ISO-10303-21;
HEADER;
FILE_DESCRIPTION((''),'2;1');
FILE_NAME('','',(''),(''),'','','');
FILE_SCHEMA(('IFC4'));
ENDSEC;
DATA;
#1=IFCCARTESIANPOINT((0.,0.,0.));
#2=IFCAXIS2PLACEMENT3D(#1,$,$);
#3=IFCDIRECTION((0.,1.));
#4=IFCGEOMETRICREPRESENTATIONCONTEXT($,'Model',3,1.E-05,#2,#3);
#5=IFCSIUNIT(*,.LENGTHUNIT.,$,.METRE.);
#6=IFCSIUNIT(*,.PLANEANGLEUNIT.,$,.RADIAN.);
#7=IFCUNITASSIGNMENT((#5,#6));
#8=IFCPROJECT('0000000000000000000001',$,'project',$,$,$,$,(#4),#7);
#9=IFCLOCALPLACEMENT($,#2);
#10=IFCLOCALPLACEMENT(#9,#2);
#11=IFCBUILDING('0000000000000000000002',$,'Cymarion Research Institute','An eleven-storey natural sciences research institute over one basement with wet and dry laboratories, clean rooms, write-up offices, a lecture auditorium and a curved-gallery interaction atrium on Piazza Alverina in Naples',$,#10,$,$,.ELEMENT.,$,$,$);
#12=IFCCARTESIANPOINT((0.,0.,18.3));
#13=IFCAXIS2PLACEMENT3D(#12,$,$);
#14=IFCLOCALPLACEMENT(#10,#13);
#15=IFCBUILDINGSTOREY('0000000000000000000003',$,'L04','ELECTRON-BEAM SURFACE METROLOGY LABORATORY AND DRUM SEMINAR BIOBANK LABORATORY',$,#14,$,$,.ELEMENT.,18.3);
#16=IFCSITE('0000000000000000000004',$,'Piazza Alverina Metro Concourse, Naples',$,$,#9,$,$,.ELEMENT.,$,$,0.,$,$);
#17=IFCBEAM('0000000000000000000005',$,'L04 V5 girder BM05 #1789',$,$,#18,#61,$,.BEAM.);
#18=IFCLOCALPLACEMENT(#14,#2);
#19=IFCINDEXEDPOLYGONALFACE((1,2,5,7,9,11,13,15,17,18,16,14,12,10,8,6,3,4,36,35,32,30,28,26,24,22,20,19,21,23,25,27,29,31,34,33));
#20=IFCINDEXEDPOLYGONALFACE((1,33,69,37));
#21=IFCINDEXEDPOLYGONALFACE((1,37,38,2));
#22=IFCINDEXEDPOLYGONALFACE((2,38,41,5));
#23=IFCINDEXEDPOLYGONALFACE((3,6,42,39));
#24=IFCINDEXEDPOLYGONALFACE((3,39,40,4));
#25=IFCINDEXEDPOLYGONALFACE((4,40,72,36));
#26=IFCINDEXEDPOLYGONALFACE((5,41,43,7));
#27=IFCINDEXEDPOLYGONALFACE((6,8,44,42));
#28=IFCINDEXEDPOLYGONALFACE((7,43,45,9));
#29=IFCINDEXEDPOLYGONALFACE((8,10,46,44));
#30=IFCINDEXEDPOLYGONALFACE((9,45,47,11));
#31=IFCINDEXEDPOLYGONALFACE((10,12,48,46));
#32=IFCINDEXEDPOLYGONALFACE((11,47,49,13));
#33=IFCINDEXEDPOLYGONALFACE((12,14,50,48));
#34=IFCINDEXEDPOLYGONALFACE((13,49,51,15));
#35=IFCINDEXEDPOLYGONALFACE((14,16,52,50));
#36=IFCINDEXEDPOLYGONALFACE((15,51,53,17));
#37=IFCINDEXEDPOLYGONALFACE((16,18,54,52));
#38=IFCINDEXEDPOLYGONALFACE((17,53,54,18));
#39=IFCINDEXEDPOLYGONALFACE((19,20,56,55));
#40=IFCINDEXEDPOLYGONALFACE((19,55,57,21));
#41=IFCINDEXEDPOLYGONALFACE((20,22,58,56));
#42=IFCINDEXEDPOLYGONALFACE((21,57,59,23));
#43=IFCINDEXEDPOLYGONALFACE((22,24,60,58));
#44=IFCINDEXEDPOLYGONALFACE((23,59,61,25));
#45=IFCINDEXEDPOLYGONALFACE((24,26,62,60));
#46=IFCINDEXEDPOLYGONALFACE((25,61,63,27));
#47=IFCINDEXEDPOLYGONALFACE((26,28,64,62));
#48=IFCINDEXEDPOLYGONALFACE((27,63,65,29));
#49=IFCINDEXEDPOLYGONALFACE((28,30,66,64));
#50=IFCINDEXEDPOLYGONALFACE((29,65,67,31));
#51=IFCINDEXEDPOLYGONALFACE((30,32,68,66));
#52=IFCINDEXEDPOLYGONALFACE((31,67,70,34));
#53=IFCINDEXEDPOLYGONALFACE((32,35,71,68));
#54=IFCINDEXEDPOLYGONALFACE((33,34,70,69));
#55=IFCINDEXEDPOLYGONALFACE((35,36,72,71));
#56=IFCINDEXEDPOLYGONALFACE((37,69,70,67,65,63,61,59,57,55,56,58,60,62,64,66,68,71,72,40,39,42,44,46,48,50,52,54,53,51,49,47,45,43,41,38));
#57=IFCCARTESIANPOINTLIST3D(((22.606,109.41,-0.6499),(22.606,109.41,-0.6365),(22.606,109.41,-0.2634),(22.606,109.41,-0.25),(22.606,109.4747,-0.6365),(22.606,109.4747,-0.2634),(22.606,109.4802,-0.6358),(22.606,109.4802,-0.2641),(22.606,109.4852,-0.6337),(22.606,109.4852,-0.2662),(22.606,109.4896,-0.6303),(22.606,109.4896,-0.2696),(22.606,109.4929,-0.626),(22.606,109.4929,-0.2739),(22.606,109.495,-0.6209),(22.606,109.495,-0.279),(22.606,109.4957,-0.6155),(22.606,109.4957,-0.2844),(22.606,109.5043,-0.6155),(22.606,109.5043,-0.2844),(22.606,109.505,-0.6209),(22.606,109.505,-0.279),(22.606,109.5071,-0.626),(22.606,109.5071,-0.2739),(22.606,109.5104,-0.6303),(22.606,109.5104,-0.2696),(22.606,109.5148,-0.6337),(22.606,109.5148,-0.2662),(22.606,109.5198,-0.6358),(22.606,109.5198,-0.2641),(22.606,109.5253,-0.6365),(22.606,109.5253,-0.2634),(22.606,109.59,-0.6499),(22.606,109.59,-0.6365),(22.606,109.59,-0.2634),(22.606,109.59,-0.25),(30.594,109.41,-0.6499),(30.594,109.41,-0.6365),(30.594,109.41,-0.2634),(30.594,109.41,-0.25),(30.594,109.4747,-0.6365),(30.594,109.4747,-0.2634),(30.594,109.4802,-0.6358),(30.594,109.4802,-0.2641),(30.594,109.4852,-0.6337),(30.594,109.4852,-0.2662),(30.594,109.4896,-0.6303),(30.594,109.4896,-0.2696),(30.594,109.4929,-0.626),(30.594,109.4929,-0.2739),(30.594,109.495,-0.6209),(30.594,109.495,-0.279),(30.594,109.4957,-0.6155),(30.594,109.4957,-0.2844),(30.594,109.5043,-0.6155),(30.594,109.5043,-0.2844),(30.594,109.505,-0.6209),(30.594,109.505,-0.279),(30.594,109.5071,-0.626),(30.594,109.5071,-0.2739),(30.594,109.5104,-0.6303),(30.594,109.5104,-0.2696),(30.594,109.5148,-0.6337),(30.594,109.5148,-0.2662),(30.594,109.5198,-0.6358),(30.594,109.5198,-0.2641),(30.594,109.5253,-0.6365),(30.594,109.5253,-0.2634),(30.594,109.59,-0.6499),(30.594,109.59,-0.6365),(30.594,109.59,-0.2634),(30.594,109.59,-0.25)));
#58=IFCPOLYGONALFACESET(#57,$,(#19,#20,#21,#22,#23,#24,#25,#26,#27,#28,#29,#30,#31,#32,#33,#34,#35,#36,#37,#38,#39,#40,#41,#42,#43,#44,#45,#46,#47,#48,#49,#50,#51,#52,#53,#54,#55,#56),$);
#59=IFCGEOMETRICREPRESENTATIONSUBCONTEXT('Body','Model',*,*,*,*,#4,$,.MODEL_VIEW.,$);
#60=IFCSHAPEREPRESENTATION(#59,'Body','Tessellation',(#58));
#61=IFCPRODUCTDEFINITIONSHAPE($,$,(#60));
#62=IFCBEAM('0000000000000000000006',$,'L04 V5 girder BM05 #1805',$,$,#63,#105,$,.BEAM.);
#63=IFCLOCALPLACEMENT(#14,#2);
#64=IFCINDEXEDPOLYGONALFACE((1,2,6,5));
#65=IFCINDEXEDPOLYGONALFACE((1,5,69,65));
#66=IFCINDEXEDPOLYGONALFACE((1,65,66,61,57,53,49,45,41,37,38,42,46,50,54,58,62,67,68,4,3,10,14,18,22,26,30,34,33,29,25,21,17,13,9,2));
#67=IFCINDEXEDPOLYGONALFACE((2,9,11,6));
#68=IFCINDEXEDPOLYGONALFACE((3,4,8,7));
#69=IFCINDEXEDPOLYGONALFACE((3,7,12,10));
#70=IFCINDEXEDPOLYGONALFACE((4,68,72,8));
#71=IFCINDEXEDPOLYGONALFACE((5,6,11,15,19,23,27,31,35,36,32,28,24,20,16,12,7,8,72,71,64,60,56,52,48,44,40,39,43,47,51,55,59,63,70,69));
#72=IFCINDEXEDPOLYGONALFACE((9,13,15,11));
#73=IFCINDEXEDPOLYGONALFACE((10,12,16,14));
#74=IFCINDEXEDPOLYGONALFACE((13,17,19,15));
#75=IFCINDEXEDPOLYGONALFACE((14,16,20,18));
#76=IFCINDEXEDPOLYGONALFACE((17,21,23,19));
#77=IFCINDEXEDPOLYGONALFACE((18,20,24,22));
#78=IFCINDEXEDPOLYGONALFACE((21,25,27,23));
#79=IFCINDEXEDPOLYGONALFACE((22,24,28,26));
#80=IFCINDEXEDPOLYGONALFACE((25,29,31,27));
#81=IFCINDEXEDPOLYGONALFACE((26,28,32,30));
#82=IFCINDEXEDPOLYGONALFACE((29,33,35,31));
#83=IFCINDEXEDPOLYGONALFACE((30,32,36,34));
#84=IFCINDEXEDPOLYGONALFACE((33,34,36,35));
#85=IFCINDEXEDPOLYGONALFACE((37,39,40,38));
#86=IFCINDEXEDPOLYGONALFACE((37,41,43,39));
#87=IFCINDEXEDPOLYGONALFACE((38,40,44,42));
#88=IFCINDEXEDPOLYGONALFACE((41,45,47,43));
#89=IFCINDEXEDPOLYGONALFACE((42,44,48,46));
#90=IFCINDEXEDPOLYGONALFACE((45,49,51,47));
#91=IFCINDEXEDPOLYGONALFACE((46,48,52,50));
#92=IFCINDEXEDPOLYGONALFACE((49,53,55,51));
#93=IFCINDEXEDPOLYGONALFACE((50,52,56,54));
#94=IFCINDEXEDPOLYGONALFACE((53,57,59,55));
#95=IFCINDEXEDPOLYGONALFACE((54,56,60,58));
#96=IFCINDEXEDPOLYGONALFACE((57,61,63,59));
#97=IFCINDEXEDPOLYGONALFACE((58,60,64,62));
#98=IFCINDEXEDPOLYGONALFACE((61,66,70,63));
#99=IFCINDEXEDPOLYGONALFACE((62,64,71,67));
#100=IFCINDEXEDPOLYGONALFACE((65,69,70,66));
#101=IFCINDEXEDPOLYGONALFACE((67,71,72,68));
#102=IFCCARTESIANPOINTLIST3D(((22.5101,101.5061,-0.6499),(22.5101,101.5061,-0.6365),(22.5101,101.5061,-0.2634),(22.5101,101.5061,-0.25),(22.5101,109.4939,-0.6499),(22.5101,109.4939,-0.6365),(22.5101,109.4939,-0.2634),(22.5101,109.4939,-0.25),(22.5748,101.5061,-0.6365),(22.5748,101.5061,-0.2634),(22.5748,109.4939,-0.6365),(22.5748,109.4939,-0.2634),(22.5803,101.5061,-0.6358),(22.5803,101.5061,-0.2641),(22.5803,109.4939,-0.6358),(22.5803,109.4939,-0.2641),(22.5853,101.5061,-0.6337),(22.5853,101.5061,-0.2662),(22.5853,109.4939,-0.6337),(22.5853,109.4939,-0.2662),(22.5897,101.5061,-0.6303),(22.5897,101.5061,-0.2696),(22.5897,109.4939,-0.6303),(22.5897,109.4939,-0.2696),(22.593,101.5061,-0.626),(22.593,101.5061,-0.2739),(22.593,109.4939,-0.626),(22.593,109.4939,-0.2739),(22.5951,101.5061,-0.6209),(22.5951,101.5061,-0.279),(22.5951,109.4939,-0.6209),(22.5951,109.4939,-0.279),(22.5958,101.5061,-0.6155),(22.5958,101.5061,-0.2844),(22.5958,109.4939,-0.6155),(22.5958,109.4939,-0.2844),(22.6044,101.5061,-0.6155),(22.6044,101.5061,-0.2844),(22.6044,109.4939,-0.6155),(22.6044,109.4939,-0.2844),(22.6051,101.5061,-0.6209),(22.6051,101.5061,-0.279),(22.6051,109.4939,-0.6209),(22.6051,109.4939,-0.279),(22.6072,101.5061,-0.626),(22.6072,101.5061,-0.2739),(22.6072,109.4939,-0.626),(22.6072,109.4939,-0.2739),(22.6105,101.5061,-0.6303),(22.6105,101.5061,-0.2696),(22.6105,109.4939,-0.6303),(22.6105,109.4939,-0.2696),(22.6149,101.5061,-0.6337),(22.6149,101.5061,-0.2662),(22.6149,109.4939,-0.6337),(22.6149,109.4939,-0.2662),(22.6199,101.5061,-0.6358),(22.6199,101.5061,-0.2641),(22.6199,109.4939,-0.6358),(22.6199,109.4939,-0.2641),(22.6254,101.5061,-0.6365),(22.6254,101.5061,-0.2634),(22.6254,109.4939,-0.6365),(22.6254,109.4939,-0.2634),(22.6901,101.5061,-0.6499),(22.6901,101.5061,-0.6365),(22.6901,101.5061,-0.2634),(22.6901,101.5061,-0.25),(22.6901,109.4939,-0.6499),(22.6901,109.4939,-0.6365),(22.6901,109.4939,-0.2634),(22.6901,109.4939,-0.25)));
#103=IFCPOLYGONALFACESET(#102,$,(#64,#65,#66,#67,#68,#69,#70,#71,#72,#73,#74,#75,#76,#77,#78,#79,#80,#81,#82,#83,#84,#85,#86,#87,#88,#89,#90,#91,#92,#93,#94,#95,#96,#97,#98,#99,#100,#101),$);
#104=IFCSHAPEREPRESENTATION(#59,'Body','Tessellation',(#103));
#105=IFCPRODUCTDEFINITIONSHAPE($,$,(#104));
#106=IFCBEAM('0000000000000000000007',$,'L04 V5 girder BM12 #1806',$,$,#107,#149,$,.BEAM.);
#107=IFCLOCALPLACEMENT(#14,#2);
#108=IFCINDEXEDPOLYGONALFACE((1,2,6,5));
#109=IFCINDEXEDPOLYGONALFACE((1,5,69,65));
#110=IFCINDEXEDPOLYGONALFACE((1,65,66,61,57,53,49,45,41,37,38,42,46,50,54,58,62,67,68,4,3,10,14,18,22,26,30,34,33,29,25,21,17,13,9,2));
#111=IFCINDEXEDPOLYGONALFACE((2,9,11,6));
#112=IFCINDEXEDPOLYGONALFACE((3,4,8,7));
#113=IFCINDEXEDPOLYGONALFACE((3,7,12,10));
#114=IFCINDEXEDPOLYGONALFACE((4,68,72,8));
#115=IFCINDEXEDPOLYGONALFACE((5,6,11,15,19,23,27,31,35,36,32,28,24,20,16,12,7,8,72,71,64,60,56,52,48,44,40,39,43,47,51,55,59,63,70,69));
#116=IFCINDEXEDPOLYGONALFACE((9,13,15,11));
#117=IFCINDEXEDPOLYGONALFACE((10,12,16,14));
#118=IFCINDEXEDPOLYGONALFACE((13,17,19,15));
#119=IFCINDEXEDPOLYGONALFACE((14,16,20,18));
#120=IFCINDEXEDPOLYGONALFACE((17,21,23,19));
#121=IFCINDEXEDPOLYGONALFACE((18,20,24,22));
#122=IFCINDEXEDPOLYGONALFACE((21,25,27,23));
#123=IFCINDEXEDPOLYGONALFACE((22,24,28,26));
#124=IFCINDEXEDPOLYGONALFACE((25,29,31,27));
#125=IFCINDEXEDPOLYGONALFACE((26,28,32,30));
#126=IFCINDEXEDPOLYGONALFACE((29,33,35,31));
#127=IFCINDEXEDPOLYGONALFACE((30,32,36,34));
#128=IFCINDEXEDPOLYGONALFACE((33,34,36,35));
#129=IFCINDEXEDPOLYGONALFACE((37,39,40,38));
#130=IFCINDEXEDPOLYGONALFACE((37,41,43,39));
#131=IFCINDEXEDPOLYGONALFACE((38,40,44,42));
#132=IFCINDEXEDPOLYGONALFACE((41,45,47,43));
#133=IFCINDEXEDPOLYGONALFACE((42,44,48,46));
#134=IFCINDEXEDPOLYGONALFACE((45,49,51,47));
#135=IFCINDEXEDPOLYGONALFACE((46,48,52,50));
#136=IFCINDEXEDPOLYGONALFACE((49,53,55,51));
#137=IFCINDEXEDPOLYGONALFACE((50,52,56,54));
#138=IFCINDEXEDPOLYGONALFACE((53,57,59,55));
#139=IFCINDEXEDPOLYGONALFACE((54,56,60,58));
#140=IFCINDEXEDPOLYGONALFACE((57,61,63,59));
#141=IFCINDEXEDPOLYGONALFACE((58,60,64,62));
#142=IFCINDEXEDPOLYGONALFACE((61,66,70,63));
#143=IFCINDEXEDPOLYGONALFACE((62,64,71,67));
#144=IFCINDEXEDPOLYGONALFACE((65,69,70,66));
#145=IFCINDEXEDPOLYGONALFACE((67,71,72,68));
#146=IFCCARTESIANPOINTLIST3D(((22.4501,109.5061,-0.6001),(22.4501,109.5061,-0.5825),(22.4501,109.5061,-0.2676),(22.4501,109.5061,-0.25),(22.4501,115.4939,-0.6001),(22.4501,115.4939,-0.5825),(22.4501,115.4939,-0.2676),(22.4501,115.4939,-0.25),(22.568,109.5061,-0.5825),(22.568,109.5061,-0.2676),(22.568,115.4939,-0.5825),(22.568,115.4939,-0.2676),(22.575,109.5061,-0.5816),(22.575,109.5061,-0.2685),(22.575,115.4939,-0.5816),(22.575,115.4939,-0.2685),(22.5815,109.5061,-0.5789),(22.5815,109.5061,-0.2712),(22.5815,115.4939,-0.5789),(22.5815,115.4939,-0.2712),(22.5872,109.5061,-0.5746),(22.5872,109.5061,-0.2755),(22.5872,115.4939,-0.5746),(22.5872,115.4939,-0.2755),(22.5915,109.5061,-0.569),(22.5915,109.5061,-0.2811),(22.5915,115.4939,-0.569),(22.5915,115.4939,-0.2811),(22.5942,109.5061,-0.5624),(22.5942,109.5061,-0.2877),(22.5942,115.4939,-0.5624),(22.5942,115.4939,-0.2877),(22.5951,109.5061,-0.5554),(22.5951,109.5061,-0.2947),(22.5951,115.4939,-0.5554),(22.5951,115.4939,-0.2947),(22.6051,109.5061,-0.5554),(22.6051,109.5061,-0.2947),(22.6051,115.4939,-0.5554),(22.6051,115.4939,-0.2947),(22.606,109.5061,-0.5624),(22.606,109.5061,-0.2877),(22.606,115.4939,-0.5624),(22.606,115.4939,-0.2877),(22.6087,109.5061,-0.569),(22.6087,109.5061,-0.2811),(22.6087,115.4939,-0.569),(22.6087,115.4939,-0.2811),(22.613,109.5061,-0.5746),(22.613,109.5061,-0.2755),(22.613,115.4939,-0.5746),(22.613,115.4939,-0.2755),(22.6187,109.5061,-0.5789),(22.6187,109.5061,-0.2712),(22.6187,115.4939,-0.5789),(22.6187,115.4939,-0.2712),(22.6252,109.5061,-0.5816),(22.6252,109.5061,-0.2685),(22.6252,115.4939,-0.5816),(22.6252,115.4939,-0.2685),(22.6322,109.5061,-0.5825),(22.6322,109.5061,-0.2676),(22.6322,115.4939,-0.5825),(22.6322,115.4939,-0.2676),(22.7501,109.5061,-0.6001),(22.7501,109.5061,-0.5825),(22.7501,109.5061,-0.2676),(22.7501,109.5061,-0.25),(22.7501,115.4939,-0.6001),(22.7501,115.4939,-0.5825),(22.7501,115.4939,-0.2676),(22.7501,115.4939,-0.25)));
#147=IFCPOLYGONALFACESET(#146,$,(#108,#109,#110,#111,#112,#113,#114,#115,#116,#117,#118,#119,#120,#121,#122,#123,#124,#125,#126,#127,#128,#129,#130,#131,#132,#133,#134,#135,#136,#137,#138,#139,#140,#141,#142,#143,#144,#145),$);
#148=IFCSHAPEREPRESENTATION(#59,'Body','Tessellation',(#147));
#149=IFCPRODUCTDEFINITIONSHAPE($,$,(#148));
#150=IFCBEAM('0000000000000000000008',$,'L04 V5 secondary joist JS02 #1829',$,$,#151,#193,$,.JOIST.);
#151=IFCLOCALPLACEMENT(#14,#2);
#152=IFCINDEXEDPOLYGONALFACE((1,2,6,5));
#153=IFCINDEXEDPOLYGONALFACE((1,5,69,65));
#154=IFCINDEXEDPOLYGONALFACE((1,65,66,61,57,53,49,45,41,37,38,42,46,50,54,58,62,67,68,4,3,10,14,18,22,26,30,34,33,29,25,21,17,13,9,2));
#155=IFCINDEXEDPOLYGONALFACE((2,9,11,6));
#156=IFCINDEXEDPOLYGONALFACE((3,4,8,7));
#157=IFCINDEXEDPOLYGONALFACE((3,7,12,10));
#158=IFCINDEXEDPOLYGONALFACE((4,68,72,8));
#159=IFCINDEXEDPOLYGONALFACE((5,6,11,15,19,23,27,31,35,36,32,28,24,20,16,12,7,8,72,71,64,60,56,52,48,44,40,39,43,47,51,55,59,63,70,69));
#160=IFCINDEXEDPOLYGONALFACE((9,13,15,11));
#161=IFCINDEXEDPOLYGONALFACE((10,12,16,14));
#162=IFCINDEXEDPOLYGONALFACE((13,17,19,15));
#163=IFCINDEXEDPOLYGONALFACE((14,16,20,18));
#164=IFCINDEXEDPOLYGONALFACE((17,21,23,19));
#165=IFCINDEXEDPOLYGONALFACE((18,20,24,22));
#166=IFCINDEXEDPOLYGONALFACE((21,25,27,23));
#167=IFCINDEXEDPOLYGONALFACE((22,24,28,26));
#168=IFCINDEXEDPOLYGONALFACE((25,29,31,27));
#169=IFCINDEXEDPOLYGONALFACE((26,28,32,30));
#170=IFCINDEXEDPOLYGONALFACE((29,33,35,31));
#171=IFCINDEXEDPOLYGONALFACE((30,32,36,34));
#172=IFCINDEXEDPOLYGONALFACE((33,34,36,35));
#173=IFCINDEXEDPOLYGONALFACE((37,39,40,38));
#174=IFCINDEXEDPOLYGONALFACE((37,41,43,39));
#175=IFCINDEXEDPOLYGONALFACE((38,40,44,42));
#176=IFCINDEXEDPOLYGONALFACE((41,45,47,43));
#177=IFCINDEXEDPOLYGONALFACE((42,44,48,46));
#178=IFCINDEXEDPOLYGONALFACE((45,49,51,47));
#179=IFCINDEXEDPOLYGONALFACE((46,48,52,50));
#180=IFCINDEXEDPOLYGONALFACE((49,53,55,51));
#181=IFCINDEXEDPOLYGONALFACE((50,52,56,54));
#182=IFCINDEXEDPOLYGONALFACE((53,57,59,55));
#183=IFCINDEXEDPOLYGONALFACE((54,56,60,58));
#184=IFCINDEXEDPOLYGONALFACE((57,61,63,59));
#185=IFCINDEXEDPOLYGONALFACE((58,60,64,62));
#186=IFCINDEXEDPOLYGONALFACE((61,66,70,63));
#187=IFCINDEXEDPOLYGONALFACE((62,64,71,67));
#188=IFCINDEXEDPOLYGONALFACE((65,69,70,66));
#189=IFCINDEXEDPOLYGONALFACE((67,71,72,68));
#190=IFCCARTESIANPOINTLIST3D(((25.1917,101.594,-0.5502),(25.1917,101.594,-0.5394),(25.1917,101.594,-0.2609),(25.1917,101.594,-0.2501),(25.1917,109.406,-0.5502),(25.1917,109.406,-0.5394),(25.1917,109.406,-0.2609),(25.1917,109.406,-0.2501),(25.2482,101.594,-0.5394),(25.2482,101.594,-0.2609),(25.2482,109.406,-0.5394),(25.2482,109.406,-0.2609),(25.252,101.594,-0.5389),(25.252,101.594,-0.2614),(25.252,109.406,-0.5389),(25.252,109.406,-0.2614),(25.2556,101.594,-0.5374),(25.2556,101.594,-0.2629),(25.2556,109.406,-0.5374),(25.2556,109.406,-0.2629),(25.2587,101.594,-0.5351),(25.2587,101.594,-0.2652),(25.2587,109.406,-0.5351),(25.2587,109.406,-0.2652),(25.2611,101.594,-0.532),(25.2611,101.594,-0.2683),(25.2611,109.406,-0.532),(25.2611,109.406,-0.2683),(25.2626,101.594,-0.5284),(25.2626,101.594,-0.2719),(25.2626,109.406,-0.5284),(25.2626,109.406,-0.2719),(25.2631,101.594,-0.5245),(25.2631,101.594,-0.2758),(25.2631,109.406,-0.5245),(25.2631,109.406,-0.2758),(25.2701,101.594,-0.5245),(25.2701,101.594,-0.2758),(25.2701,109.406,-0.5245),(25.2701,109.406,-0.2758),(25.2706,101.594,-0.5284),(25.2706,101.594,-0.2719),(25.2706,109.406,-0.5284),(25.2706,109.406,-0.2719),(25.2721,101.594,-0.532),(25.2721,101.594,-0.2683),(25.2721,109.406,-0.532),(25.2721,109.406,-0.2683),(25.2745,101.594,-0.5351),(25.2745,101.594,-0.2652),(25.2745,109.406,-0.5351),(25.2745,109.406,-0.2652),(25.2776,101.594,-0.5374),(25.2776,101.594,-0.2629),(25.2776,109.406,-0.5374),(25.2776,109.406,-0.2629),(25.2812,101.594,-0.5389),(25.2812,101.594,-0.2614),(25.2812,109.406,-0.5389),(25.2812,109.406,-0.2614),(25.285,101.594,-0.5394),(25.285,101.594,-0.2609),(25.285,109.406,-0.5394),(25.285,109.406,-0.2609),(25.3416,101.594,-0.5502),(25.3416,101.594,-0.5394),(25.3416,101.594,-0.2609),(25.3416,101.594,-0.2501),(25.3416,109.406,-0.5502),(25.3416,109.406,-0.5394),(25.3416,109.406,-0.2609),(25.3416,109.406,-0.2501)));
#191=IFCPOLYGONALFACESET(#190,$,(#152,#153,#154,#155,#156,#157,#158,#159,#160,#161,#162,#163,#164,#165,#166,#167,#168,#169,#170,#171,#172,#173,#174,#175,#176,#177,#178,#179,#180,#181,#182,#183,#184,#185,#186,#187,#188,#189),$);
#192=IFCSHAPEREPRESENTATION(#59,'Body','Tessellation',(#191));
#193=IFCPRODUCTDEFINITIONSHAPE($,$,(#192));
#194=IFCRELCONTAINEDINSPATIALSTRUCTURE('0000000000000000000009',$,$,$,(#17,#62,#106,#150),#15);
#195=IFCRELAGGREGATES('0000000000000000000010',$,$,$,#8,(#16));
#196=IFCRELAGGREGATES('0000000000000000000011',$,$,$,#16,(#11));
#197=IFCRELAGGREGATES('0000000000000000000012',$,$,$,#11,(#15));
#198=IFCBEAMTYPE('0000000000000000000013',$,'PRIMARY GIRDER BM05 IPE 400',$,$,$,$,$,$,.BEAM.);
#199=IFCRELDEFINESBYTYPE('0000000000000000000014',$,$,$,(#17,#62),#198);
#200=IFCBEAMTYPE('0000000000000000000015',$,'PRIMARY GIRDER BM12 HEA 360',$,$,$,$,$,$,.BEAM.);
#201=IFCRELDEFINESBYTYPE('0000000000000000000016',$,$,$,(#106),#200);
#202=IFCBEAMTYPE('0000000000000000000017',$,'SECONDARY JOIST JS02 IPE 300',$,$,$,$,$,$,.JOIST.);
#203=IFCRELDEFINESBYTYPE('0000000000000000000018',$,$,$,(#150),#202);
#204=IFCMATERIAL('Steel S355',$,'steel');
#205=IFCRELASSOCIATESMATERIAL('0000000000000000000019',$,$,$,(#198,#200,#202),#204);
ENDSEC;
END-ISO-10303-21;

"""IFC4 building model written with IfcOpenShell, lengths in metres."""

from ifc_helpers import new_model, si_unit, direction, frame, origin, origin_2d, place, context, subcontext, project, spatial, i_section, extrude, material, material_profile, profile_set, type_object, element, save


model = new_model("IFC4")

# Units and contexts
model_context = context("Model", 3, precision=1e-05, world=origin(), true_north=direction((0.0, 1.0)))
body_context = subcontext(model_context, "Body", "Model", "MODEL_VIEW")
ifc_project = project(units=[si_unit("LENGTHUNIT", "METRE"), si_unit("PLANEANGLEUNIT", "RADIAN")], contexts=[model_context])

# Site, building, storey
site_placement = place(None, origin())
site = spatial("IfcSite", under=ifc_project, at=site_placement, Name="Piazza Alverina Metro Concourse, Naples", CompositionType="ELEMENT", RefElevation=0.0)
building_placement = place(site_placement, origin())
building = spatial("IfcBuilding", under=site, at=building_placement, Name="Cymarion Research Institute", Description="An eleven-storey natural sciences research institute over one basement with wet and dry laboratories, clean rooms, write-up offices, a lecture auditorium and a curved-gallery interaction atrium on Piazza Alverina in Naples", CompositionType="ELEMENT")
storey_placement = place(building_placement, frame((0.0, 0.0, 18.3)))
storey = spatial("IfcBuildingStorey", under=building, at=storey_placement, Name="L04", Description="ELECTRON-BEAM SURFACE METROLOGY LABORATORY AND DRUM SEMINAR BIOBANK LABORATORY", CompositionType="ELEMENT", Elevation=18.3)

# Shared definitions
ifc_material_1 = material(Name="Steel S355", Category="steel")

# Beams
ifc_material_profile_1 = material_profile(ifc_material_1, i_section(OverallWidth=0.1799, OverallDepth=0.3999, WebThickness=0.0085, FlangeThickness=0.0134, FilletRadius=0.021, at=origin_2d()), Name="IPE 400")
ifc_profile_set_1 = profile_set([ifc_material_profile_1], Name="Steel S355")
beam_type_1 = type_object("IfcBeamType", Name="PRIMARY GIRDER BM05 IPE 400", PredefinedType="BEAM", material=ifc_profile_set_1)
for number, where, z_axis, x_axis, name in (
    (1, (22.606, 109.5, -0.45), (1.0, 0.0, 0.0), (0.0, 1.0, 0.0), "L04 V5 girder BM05 #1789"),
):
    element("IfcBeam", number, at=place(storey_placement, frame(where, z_axis=z_axis, x_axis=x_axis)), inside=storey, type_object=beam_type_1, Name=name, PredefinedType="BEAM", context=body_context, shape_type="SweptSolid", body=[
        extrude(i_section(OverallWidth=0.1799, OverallDepth=0.3999, WebThickness=0.0085, FlangeThickness=0.0134, FilletRadius=0.021, at=origin_2d()), origin(), (0.0, 0.0, 1.0), 7.988),
    ])
beam_1_placement = place(storey_placement, frame((22.6001, 101.5061, -0.45), z_axis=(0.0, 1.0, 0.0), x_axis=(-1.0, 0.0, 0.0)))
element("IfcBeam", 2, at=beam_1_placement, inside=storey, type_object=beam_type_1, Name="L04 V5 girder BM05 #1805", PredefinedType="BEAM", context=body_context, shape_type="SweptSolid", body=[
    extrude(i_section(OverallWidth=0.1799, OverallDepth=0.3999, WebThickness=0.0085, FlangeThickness=0.0134, FilletRadius=0.021, at=origin_2d()), origin(), (0.0, 0.0, 1.0), 7.9878),
])
ifc_material_profile_2 = material_profile(ifc_material_1, i_section(OverallWidth=0.3, OverallDepth=0.3501, WebThickness=0.01, FlangeThickness=0.0176, FilletRadius=0.0271, at=origin_2d()), Name="HEA 360")
ifc_profile_set_2 = profile_set([ifc_material_profile_2], Name="Steel S355")
beam_type_2 = type_object("IfcBeamType", Name="PRIMARY GIRDER BM12 HEA 360", PredefinedType="BEAM", material=ifc_profile_set_2)
beam_2_placement = place(storey_placement, frame((22.6001, 109.5061, -0.425), z_axis=(0.0, 1.0, 0.0), x_axis=(-1.0, 0.0, 0.0)))
element("IfcBeam", 3, at=beam_2_placement, inside=storey, type_object=beam_type_2, Name="L04 V5 girder BM12 #1806", PredefinedType="BEAM", context=body_context, shape_type="SweptSolid", body=[
    extrude(i_section(OverallWidth=0.3, OverallDepth=0.3501, WebThickness=0.01, FlangeThickness=0.0176, FilletRadius=0.0271, at=origin_2d()), origin(), (0.0, 0.0, 1.0), 5.9878),
])
ifc_material_profile_3 = material_profile(ifc_material_1, i_section(OverallWidth=0.1499, OverallDepth=0.3, WebThickness=0.0071, FlangeThickness=0.0107, FilletRadius=0.0149, at=origin_2d()), Name="IPE 300")
ifc_profile_set_3 = profile_set([ifc_material_profile_3], Name="Steel S355")
beam_type_3 = type_object("IfcBeamType", Name="SECONDARY JOIST JS02 IPE 300", PredefinedType="JOIST", material=ifc_profile_set_3)
for number, where, z_axis, x_axis, name in (
    (4, (25.2666, 101.594, -0.4001), (0.0, 1.0, 0.0), (-1.0, 0.0, 0.0), "L04 V5 secondary joist JS02 #1829"),
):
    element("IfcBeam", number, at=place(storey_placement, frame(where, z_axis=z_axis, x_axis=x_axis)), inside=storey, type_object=beam_type_3, Name=name, PredefinedType="JOIST", context=body_context, shape_type="SweptSolid", body=[
        extrude(i_section(OverallWidth=0.1499, OverallDepth=0.3, WebThickness=0.0071, FlangeThickness=0.0107, FilletRadius=0.0149, at=origin_2d()), origin(), (0.0, 0.0, 1.0), 7.812),
    ])

save(model, "model.ifc")
